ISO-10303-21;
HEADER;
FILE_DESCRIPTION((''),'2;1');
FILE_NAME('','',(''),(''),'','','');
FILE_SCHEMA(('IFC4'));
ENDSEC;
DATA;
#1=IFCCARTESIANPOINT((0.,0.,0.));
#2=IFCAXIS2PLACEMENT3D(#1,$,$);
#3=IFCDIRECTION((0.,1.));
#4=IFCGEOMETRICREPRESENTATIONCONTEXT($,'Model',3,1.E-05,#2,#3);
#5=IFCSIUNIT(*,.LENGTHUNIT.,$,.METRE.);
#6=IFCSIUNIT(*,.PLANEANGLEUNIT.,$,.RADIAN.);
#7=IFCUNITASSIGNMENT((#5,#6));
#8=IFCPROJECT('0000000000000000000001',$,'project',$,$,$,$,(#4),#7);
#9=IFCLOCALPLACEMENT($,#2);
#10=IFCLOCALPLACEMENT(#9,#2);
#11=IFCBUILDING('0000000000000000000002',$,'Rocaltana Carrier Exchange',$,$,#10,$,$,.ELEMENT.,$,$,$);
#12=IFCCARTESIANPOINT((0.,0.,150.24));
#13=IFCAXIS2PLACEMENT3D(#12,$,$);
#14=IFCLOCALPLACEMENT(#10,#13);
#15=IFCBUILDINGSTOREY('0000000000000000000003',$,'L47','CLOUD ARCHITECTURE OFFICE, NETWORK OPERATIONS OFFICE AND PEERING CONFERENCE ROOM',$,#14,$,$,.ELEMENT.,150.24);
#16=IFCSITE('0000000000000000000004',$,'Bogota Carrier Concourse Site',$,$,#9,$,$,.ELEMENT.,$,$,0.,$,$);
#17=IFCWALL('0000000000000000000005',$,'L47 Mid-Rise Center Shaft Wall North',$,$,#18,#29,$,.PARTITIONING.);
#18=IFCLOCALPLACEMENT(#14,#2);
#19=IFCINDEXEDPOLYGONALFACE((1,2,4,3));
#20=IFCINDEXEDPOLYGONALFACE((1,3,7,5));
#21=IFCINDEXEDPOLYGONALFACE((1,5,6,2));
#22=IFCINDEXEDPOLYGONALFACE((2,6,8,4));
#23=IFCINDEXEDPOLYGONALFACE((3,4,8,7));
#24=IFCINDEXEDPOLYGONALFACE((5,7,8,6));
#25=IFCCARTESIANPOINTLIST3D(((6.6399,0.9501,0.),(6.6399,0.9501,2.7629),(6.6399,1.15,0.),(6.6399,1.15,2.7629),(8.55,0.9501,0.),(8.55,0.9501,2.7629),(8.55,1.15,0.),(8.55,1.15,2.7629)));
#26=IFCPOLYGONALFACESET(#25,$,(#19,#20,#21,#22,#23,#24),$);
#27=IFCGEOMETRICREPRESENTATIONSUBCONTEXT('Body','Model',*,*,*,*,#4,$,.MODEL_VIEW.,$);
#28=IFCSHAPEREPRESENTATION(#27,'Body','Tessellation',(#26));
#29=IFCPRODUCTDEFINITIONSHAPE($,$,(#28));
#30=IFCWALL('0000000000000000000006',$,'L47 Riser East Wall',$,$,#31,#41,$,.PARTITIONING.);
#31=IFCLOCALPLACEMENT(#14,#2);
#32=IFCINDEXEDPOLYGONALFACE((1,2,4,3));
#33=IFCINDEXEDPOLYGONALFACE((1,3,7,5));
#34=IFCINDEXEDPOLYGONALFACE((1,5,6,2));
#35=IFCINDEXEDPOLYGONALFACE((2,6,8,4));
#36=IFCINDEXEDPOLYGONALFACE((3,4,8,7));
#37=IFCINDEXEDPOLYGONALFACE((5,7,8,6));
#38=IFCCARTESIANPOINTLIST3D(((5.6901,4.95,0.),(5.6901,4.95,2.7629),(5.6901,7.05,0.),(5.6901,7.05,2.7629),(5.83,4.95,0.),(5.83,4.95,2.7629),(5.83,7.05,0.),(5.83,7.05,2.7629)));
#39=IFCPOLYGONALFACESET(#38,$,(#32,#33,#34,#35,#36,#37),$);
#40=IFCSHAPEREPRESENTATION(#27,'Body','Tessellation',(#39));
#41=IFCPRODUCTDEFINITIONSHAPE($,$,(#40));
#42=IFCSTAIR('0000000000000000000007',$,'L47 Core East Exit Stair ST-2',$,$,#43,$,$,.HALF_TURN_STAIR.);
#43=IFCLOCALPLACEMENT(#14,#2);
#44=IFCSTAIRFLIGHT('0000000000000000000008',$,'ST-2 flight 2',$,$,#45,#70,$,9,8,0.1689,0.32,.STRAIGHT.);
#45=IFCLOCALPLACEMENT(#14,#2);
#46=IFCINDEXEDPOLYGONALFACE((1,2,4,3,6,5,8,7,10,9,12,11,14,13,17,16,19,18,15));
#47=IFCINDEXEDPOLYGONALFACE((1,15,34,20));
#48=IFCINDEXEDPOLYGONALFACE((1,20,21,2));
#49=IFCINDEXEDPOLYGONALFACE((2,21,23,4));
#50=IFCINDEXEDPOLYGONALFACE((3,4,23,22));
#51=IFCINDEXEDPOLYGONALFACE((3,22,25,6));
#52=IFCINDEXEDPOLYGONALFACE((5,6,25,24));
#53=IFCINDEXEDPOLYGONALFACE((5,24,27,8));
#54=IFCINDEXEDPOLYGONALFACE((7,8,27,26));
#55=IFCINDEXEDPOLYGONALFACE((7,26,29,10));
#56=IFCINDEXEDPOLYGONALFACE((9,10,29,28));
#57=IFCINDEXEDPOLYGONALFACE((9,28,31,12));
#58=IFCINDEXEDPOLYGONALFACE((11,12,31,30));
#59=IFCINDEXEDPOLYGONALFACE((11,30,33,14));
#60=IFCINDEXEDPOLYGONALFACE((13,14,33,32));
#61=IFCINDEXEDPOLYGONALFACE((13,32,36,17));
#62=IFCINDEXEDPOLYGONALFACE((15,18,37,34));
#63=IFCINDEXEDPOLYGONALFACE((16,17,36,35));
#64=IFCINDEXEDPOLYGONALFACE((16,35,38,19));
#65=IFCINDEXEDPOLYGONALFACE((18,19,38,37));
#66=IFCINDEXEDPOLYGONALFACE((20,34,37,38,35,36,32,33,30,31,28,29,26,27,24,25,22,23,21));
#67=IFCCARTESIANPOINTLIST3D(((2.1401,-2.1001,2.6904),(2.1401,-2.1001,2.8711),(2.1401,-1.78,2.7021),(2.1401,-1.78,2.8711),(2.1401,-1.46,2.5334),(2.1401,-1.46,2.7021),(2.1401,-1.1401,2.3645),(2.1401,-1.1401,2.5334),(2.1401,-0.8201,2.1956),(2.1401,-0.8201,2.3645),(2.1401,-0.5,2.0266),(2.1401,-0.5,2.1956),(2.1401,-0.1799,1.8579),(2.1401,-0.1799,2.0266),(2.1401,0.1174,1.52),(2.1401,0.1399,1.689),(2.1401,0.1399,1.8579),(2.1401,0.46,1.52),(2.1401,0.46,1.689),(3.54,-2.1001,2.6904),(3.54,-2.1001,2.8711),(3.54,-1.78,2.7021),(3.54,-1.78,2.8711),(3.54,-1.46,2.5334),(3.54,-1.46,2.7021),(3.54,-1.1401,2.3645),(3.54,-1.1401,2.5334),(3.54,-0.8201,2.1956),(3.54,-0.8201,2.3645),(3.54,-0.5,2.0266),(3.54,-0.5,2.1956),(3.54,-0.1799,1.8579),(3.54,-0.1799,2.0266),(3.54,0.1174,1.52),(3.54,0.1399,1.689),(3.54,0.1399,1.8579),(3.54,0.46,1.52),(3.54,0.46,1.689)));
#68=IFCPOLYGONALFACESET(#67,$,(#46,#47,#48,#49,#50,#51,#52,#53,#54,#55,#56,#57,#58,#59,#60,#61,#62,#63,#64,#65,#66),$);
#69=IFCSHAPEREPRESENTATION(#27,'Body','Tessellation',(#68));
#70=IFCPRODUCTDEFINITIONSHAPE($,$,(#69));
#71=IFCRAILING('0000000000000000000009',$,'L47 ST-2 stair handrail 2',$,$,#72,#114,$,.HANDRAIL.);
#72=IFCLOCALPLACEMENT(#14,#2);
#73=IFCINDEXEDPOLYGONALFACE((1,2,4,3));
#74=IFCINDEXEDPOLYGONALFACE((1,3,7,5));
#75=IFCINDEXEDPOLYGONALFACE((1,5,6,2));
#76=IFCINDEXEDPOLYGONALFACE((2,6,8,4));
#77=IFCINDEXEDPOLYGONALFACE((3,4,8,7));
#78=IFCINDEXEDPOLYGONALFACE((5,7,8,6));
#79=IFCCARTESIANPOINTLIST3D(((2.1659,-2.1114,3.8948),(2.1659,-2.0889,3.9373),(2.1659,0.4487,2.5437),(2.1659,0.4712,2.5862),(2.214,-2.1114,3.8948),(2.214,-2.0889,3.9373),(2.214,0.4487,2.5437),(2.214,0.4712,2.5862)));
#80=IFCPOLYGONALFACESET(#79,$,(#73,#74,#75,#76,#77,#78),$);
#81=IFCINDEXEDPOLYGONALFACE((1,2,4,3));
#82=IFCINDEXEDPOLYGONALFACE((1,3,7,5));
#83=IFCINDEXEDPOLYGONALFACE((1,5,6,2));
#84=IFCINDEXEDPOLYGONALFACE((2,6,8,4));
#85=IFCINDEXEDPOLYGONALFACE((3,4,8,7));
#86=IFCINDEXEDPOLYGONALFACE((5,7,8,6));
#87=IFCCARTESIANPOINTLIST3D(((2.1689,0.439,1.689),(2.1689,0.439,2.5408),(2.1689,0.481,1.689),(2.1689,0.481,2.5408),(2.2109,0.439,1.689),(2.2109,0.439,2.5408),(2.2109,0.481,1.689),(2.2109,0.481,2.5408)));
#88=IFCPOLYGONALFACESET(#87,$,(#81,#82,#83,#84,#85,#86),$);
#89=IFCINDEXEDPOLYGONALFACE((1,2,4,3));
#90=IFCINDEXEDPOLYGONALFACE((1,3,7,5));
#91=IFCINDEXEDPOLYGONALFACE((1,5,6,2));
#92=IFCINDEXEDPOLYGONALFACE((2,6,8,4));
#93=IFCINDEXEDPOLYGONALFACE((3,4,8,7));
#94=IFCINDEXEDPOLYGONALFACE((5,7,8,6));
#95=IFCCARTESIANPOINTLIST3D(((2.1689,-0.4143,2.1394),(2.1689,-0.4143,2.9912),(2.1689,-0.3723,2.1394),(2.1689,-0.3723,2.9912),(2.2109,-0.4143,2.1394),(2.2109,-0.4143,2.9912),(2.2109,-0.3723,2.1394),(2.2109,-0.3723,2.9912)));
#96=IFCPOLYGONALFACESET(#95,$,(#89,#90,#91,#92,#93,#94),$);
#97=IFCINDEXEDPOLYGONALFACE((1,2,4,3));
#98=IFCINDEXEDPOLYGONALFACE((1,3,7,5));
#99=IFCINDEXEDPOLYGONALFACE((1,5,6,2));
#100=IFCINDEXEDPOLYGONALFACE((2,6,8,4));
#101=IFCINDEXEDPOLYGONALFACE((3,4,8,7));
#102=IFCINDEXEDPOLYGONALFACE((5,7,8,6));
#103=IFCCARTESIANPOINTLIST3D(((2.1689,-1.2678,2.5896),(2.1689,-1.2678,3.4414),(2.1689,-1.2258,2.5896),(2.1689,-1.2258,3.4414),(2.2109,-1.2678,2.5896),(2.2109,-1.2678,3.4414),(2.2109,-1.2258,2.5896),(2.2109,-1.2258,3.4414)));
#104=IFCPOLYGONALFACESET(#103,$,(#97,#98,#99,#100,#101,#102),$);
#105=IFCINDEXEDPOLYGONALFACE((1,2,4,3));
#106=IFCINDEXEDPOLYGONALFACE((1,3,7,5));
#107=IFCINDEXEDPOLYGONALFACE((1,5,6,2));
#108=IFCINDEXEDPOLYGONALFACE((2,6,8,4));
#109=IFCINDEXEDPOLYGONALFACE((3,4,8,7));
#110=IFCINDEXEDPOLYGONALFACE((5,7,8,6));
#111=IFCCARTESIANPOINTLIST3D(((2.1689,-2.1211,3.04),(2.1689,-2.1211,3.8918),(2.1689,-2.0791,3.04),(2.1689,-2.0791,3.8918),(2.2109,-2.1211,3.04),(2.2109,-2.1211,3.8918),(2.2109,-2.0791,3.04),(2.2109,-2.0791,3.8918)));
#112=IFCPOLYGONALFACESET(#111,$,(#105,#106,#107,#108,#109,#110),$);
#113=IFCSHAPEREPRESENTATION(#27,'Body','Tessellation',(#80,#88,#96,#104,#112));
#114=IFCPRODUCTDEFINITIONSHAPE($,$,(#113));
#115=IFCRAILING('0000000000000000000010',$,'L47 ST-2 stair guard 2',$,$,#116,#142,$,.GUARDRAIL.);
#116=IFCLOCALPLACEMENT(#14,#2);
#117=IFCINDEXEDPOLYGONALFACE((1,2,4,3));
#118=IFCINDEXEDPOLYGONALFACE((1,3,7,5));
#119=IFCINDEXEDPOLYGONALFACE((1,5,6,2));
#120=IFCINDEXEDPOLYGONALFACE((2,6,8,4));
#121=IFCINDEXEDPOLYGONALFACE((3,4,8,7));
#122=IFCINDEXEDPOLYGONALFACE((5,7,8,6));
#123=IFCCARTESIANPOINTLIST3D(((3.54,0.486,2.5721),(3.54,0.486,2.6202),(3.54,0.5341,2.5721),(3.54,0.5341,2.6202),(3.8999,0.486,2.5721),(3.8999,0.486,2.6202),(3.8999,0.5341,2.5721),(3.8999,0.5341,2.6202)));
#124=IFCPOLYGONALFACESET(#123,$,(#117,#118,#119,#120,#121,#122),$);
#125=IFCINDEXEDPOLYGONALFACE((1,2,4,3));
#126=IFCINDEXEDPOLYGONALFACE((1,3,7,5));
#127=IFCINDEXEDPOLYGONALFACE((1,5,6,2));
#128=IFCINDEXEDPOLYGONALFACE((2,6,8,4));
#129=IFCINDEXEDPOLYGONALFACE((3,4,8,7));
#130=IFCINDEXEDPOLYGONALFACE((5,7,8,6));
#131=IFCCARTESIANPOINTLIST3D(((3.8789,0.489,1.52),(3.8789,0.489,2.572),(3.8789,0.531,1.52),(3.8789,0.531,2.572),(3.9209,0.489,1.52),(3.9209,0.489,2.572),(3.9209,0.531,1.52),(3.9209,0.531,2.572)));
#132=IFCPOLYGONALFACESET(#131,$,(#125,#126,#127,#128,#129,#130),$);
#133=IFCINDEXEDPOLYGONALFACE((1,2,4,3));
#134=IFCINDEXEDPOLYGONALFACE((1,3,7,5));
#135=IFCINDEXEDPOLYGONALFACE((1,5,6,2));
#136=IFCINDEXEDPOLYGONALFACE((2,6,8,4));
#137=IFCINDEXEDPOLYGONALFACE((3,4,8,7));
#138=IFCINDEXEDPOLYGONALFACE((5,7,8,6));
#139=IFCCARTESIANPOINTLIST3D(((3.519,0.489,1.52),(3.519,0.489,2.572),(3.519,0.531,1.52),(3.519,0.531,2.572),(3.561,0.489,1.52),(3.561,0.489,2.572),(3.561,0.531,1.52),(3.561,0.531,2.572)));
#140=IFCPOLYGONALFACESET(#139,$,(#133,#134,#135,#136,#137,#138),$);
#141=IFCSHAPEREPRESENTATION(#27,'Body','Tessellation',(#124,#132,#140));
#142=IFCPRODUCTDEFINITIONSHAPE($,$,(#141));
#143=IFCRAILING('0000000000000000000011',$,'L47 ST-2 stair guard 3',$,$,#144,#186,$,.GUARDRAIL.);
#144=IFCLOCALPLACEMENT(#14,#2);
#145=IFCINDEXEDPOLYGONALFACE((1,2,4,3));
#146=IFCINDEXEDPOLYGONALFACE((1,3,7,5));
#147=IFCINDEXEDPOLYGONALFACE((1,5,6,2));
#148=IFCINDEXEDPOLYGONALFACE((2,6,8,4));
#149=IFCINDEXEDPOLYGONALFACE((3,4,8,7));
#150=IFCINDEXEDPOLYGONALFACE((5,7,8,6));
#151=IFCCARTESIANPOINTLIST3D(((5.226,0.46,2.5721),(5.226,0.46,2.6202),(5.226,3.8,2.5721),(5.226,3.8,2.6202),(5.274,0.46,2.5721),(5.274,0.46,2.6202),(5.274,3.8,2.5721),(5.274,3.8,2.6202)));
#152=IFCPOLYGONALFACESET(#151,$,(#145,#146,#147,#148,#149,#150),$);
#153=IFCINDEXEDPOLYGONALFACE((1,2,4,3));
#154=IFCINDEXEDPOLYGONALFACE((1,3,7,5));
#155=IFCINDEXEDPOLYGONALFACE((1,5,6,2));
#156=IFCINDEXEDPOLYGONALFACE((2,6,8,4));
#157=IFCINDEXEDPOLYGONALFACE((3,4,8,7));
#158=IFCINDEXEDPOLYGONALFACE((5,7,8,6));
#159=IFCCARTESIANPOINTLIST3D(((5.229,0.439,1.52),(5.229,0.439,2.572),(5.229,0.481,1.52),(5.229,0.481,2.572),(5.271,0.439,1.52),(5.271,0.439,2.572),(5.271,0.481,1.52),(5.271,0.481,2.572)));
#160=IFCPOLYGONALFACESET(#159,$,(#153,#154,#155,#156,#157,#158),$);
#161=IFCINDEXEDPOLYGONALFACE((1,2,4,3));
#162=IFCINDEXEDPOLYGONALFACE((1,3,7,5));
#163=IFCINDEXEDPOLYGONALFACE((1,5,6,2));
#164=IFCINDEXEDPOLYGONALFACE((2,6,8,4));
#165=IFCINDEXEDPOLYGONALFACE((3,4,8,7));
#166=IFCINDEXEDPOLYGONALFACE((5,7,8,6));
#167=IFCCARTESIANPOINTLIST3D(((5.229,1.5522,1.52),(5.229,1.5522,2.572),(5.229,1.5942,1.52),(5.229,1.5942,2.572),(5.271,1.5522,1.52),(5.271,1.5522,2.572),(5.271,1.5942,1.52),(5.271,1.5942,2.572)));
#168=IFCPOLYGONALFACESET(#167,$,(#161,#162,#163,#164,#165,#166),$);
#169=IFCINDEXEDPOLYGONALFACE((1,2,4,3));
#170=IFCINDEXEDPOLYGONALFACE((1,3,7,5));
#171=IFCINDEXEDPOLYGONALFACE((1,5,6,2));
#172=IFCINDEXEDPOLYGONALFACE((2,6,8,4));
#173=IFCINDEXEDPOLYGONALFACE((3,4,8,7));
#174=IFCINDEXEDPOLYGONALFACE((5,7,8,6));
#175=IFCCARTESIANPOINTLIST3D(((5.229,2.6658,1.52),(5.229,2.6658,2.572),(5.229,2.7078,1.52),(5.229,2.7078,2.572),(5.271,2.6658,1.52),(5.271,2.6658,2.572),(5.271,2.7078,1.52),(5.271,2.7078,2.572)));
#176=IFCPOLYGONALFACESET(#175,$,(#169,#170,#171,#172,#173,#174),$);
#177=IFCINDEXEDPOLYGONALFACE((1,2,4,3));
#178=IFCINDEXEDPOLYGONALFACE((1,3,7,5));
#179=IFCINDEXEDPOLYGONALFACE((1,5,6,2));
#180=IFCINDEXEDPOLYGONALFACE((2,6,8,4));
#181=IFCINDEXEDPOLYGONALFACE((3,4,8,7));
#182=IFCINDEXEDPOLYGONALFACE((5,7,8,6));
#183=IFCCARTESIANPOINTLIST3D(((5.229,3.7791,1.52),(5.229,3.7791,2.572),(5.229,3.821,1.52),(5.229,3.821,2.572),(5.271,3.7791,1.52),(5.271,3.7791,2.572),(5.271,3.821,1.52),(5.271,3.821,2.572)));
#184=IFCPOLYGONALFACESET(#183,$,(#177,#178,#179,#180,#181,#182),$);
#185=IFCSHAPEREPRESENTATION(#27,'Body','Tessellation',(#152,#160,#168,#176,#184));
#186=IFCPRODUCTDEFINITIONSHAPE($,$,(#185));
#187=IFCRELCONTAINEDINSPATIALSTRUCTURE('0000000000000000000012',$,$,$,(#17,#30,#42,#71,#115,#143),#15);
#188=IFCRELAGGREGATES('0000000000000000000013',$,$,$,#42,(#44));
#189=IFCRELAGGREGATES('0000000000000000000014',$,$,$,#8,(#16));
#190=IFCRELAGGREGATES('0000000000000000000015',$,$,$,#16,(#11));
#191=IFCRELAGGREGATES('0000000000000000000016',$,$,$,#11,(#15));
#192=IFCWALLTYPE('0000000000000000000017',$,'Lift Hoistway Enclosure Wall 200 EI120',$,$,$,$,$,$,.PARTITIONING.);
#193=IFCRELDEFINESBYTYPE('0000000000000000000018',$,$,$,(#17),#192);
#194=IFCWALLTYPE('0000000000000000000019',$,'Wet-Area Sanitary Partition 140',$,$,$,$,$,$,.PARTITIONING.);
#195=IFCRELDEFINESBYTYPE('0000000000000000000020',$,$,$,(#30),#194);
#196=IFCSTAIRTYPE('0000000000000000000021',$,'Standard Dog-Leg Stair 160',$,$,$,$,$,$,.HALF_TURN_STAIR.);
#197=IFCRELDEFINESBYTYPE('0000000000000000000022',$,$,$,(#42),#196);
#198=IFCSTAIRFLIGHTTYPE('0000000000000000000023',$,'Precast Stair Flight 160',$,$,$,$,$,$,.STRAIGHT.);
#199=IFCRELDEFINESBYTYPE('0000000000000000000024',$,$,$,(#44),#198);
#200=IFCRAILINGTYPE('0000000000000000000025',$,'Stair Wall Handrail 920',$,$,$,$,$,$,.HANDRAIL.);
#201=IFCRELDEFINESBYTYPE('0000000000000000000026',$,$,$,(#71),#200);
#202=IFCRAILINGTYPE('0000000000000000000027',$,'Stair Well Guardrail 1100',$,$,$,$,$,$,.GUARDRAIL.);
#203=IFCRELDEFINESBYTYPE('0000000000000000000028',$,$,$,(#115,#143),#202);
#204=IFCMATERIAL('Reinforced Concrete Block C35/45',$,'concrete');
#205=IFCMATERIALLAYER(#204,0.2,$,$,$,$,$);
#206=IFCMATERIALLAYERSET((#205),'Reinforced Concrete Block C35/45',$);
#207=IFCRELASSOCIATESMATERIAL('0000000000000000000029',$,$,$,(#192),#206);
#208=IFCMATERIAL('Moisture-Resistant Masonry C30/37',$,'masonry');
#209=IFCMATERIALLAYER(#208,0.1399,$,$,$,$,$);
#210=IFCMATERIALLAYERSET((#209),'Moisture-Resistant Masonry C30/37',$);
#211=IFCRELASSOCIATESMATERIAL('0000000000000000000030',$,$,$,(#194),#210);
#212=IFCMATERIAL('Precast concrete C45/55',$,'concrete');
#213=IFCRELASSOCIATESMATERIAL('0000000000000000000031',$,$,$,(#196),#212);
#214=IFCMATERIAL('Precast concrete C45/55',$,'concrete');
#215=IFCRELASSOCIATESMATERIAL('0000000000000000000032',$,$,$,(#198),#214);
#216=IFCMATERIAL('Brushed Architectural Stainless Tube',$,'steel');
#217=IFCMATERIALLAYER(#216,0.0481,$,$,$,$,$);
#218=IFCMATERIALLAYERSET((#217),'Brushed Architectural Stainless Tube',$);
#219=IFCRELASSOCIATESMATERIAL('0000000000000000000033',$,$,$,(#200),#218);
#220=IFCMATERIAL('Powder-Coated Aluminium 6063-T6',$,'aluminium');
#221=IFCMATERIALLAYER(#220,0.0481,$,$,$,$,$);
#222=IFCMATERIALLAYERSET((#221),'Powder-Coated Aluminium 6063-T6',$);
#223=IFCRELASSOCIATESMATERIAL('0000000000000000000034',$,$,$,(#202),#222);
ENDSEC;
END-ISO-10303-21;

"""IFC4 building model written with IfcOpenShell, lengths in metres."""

from ifc_helpers import new_model, si_unit, direction, frame, frame_2d, origin, origin_2d, place, context, subcontext, project, spatial, polyline, rectangle, outline, extrude, material, layer, layer_set, type_object, element, aggregate, save


model = new_model("IFC4")

# Units and contexts
model_context = context("Model", 3, precision=1e-05, world=origin(), true_north=direction((0.0, 1.0)))
body_context = subcontext(model_context, "Body", "Model", "MODEL_VIEW")
ifc_project = project(units=[si_unit("LENGTHUNIT", "METRE"), si_unit("PLANEANGLEUNIT", "RADIAN")], contexts=[model_context])

# Site, building, storey
site_placement = place(None, origin())
site = spatial("IfcSite", under=ifc_project, at=site_placement, Name="Bogota Carrier Concourse Site", CompositionType="ELEMENT", RefElevation=0.0)
building_placement = place(site_placement, origin())
building = spatial("IfcBuilding", under=site, at=building_placement, Name="Rocaltana Carrier Exchange", CompositionType="ELEMENT")
storey_placement = place(building_placement, frame((0.0, 0.0, 150.24)))
storey = spatial("IfcBuildingStorey", under=building, at=storey_placement, Name="L47", Description="CLOUD ARCHITECTURE OFFICE, NETWORK OPERATIONS OFFICE AND PEERING CONFERENCE ROOM", CompositionType="ELEMENT", Elevation=150.24)

# Walls
ifc_material_1 = material(Name="Reinforced Concrete Block C35/45", Category="concrete")
ifc_layer_1 = layer(ifc_material_1, 0.2)
ifc_layer_set_1 = layer_set([ifc_layer_1], Name="Reinforced Concrete Block C35/45")
wall_type_1 = type_object("IfcWallType", Name="Lift Hoistway Enclosure Wall 200 EI120", PredefinedType="PARTITIONING", material=ifc_layer_set_1)
wall_1_placement = place(storey_placement, frame((6.6399, 1.05, 0.0), z_axis=(0.0, 0.0, 1.0), x_axis=(1.0, 0.0, 0.0)))
element("IfcWall", 1, at=wall_1_placement, inside=storey, type_object=wall_type_1, Name="L47 Mid-Rise Center Shaft Wall North", PredefinedType="PARTITIONING", context=body_context, shape_type="SweptSolid", body=[
    extrude(rectangle(XDim=1.9102, YDim=0.2, at=frame_2d((0.9551, 0.0))), origin(), (0.0, 0.0, 1.0), 2.7629),
])
ifc_material_2 = material(Name="Moisture-Resistant Masonry C30/37", Category="masonry")
ifc_layer_2 = layer(ifc_material_2, 0.1399)
ifc_layer_set_2 = layer_set([ifc_layer_2], Name="Moisture-Resistant Masonry C30/37")
wall_type_2 = type_object("IfcWallType", Name="Wet-Area Sanitary Partition 140", PredefinedType="PARTITIONING", material=ifc_layer_set_2)
wall_2_placement = place(storey_placement, frame((5.76, 4.95, 0.0), z_axis=(0.0, 0.0, 1.0), x_axis=(0.0, 1.0, 0.0)))
element("IfcWall", 2, at=wall_2_placement, inside=storey, type_object=wall_type_2, Name="L47 Riser East Wall", PredefinedType="PARTITIONING", context=body_context, shape_type="SweptSolid", body=[
    extrude(rectangle(XDim=2.1001, YDim=0.1399, at=frame_2d((1.05, 0.0))), origin(), (0.0, 0.0, 1.0), 2.7629),
])

# Stair, stair flight
ifc_material_3 = material(Name="Precast concrete C45/55", Category="concrete")
stair_type = type_object("IfcStairType", Name="Standard Dog-Leg Stair 160", PredefinedType="HALF_TURN_STAIR", material=ifc_material_3)
stair_placement = place(storey_placement, origin())
stair = element("IfcStair", 3, at=stair_placement, inside=storey, type_object=stair_type, Name="L47 Core East Exit Stair ST-2", PredefinedType="HALF_TURN_STAIR")
ifc_material_4 = material(Name="Precast concrete C45/55", Category="concrete")
stair_flight_type = type_object("IfcStairFlightType", Name="Precast Stair Flight 160", PredefinedType="STRAIGHT", material=ifc_material_4)
stair_flight_placement = place(storey_placement, frame((2.8401, 0.46, 1.52), z_axis=(0.0, 0.0, 1.0), x_axis=(0.0, -1.0, 0.0)))
stair_flight = element("IfcStairFlight", 4, at=stair_flight_placement, type_object=stair_flight_type, Name="ST-2 flight 2", NumberOfRisers=9, NumberOfTreads=8, PredefinedType="STRAIGHT", RiserHeight=0.1689, TreadLength=0.32, context=body_context, shape_type="SweptSolid", body=[
    extrude(outline(polyline([(0.0, 0.0), (0.0, 0.1689), (0.3201, 0.1689), (0.3201, 0.3379), (0.6399, 0.3379), (0.6399, 0.5066), (0.96, 0.5066), (0.96, 0.6755), (1.28, 0.6755), (1.28, 0.8445), (1.6001, 0.8445), (1.6001, 1.0134), (1.9199, 1.0134), (1.9199, 1.1821), (2.24, 1.1821), (2.24, 1.3511), (2.5601, 1.3511), (2.5601, 1.52), (2.5601, 1.1704), (0.3425, 0.0), (0.0, 0.0)])), frame((0.0, 0.7, 0.0), z_axis=(0.0, -1.0, 0.0), x_axis=(1.0, 0.0, 0.0)), (0.0, 0.0, 1.0), 1.3999),
])
aggregate(stair, [stair_flight])

# Railings
ifc_material_5 = material(Name="Brushed Architectural Stainless Tube", Category="steel")
ifc_layer_3 = layer(ifc_material_5, 0.0481)
ifc_layer_set_3 = layer_set([ifc_layer_3], Name="Brushed Architectural Stainless Tube")
railing_type_1 = type_object("IfcRailingType", Name="Stair Wall Handrail 920", PredefinedType="HANDRAIL", material=ifc_layer_set_3)
railing_1_placement = place(storey_placement, frame((2.1899, 0.46, 1.689)))
element("IfcRailing", 5, at=railing_1_placement, inside=storey, type_object=railing_type_1, Name="L47 ST-2 stair handrail 2", PredefinedType="HANDRAIL", context=body_context, shape_type="SweptSolid", body=[
    extrude(rectangle(XDim=0.0481, YDim=0.0481, at=origin_2d()), frame((0.0, 0.0, 0.876), z_axis=(0.0, -0.884394, 0.46674), x_axis=(1.0, 0.0, 0.0)), (0.0, 0.0, 1.0), 2.8948),
    extrude(rectangle(XDim=0.042, YDim=0.042, at=origin_2d()), origin(), (0.0, 0.0, 1.0), 0.8518),
    extrude(rectangle(XDim=0.042, YDim=0.042, at=origin_2d()), frame((0.0, -0.8533, 0.4504)), (0.0, 0.0, 1.0), 0.8518),
    extrude(rectangle(XDim=0.042, YDim=0.042, at=origin_2d()), frame((0.0, -1.7068, 0.9006)), (0.0, 0.0, 1.0), 0.8518),
    extrude(rectangle(XDim=0.042, YDim=0.042, at=origin_2d()), frame((0.0, -2.5601, 1.3511)), (0.0, 0.0, 1.0), 0.8518),
])
ifc_material_6 = material(Name="Powder-Coated Aluminium 6063-T6", Category="aluminium")
ifc_layer_4 = layer(ifc_material_6, 0.0481)
ifc_layer_set_4 = layer_set([ifc_layer_4], Name="Powder-Coated Aluminium 6063-T6")
railing_type_2 = type_object("IfcRailingType", Name="Stair Well Guardrail 1100", PredefinedType="GUARDRAIL", material=ifc_layer_set_4)
railing_2_placement = place(storey_placement, frame((3.8999, 0.51, 1.52)))
element("IfcRailing", 6, at=railing_2_placement, inside=storey, type_object=railing_type_2, Name="L47 ST-2 stair guard 2", PredefinedType="GUARDRAIL", context=body_context, shape_type="SweptSolid", body=[
    extrude(rectangle(XDim=0.0481, YDim=0.0481, at=origin_2d()), frame((0.0, 0.0, 1.0762), z_axis=(-1.0, 0.0, 0.0), x_axis=(0.0, -1.0, 0.0)), (0.0, 0.0, 1.0), 0.3599),
    extrude(rectangle(XDim=0.042, YDim=0.042, at=origin_2d()), origin(), (0.0, 0.0, 1.0), 1.052),
    extrude(rectangle(XDim=0.042, YDim=0.042, at=origin_2d()), frame((-0.3599, 0.0, 0.0)), (0.0, 0.0, 1.0), 1.052),
])
for number, where, name in (
    (7, (5.25, 0.46, 1.52), "L47 ST-2 stair guard 3"),
):
    element("IfcRailing", number, at=place(storey_placement, frame(where)), inside=storey, type_object=railing_type_2, Name=name, PredefinedType="GUARDRAIL", context=body_context, shape_type="SweptSolid", body=[
        extrude(rectangle(XDim=0.0481, YDim=0.0481, at=origin_2d()), frame((0.0, 0.0, 1.0762), z_axis=(0.0, 1.0, 0.0), x_axis=(-1.0, 0.0, 0.0)), (0.0, 0.0, 1.0), 3.3401),
        extrude(rectangle(XDim=0.042, YDim=0.042, at=origin_2d()), origin(), (0.0, 0.0, 1.0), 1.052),
        extrude(rectangle(XDim=0.042, YDim=0.042, at=origin_2d()), frame((0.0, 1.1133, 0.0)), (0.0, 0.0, 1.0), 1.052),
        extrude(rectangle(XDim=0.042, YDim=0.042, at=origin_2d()), frame((0.0, 2.2268, 0.0)), (0.0, 0.0, 1.0), 1.052),
        extrude(rectangle(XDim=0.042, YDim=0.042, at=origin_2d()), frame((0.0, 3.3401, 0.0)), (0.0, 0.0, 1.0), 1.052),
    ])

save(model, "model.ifc")
